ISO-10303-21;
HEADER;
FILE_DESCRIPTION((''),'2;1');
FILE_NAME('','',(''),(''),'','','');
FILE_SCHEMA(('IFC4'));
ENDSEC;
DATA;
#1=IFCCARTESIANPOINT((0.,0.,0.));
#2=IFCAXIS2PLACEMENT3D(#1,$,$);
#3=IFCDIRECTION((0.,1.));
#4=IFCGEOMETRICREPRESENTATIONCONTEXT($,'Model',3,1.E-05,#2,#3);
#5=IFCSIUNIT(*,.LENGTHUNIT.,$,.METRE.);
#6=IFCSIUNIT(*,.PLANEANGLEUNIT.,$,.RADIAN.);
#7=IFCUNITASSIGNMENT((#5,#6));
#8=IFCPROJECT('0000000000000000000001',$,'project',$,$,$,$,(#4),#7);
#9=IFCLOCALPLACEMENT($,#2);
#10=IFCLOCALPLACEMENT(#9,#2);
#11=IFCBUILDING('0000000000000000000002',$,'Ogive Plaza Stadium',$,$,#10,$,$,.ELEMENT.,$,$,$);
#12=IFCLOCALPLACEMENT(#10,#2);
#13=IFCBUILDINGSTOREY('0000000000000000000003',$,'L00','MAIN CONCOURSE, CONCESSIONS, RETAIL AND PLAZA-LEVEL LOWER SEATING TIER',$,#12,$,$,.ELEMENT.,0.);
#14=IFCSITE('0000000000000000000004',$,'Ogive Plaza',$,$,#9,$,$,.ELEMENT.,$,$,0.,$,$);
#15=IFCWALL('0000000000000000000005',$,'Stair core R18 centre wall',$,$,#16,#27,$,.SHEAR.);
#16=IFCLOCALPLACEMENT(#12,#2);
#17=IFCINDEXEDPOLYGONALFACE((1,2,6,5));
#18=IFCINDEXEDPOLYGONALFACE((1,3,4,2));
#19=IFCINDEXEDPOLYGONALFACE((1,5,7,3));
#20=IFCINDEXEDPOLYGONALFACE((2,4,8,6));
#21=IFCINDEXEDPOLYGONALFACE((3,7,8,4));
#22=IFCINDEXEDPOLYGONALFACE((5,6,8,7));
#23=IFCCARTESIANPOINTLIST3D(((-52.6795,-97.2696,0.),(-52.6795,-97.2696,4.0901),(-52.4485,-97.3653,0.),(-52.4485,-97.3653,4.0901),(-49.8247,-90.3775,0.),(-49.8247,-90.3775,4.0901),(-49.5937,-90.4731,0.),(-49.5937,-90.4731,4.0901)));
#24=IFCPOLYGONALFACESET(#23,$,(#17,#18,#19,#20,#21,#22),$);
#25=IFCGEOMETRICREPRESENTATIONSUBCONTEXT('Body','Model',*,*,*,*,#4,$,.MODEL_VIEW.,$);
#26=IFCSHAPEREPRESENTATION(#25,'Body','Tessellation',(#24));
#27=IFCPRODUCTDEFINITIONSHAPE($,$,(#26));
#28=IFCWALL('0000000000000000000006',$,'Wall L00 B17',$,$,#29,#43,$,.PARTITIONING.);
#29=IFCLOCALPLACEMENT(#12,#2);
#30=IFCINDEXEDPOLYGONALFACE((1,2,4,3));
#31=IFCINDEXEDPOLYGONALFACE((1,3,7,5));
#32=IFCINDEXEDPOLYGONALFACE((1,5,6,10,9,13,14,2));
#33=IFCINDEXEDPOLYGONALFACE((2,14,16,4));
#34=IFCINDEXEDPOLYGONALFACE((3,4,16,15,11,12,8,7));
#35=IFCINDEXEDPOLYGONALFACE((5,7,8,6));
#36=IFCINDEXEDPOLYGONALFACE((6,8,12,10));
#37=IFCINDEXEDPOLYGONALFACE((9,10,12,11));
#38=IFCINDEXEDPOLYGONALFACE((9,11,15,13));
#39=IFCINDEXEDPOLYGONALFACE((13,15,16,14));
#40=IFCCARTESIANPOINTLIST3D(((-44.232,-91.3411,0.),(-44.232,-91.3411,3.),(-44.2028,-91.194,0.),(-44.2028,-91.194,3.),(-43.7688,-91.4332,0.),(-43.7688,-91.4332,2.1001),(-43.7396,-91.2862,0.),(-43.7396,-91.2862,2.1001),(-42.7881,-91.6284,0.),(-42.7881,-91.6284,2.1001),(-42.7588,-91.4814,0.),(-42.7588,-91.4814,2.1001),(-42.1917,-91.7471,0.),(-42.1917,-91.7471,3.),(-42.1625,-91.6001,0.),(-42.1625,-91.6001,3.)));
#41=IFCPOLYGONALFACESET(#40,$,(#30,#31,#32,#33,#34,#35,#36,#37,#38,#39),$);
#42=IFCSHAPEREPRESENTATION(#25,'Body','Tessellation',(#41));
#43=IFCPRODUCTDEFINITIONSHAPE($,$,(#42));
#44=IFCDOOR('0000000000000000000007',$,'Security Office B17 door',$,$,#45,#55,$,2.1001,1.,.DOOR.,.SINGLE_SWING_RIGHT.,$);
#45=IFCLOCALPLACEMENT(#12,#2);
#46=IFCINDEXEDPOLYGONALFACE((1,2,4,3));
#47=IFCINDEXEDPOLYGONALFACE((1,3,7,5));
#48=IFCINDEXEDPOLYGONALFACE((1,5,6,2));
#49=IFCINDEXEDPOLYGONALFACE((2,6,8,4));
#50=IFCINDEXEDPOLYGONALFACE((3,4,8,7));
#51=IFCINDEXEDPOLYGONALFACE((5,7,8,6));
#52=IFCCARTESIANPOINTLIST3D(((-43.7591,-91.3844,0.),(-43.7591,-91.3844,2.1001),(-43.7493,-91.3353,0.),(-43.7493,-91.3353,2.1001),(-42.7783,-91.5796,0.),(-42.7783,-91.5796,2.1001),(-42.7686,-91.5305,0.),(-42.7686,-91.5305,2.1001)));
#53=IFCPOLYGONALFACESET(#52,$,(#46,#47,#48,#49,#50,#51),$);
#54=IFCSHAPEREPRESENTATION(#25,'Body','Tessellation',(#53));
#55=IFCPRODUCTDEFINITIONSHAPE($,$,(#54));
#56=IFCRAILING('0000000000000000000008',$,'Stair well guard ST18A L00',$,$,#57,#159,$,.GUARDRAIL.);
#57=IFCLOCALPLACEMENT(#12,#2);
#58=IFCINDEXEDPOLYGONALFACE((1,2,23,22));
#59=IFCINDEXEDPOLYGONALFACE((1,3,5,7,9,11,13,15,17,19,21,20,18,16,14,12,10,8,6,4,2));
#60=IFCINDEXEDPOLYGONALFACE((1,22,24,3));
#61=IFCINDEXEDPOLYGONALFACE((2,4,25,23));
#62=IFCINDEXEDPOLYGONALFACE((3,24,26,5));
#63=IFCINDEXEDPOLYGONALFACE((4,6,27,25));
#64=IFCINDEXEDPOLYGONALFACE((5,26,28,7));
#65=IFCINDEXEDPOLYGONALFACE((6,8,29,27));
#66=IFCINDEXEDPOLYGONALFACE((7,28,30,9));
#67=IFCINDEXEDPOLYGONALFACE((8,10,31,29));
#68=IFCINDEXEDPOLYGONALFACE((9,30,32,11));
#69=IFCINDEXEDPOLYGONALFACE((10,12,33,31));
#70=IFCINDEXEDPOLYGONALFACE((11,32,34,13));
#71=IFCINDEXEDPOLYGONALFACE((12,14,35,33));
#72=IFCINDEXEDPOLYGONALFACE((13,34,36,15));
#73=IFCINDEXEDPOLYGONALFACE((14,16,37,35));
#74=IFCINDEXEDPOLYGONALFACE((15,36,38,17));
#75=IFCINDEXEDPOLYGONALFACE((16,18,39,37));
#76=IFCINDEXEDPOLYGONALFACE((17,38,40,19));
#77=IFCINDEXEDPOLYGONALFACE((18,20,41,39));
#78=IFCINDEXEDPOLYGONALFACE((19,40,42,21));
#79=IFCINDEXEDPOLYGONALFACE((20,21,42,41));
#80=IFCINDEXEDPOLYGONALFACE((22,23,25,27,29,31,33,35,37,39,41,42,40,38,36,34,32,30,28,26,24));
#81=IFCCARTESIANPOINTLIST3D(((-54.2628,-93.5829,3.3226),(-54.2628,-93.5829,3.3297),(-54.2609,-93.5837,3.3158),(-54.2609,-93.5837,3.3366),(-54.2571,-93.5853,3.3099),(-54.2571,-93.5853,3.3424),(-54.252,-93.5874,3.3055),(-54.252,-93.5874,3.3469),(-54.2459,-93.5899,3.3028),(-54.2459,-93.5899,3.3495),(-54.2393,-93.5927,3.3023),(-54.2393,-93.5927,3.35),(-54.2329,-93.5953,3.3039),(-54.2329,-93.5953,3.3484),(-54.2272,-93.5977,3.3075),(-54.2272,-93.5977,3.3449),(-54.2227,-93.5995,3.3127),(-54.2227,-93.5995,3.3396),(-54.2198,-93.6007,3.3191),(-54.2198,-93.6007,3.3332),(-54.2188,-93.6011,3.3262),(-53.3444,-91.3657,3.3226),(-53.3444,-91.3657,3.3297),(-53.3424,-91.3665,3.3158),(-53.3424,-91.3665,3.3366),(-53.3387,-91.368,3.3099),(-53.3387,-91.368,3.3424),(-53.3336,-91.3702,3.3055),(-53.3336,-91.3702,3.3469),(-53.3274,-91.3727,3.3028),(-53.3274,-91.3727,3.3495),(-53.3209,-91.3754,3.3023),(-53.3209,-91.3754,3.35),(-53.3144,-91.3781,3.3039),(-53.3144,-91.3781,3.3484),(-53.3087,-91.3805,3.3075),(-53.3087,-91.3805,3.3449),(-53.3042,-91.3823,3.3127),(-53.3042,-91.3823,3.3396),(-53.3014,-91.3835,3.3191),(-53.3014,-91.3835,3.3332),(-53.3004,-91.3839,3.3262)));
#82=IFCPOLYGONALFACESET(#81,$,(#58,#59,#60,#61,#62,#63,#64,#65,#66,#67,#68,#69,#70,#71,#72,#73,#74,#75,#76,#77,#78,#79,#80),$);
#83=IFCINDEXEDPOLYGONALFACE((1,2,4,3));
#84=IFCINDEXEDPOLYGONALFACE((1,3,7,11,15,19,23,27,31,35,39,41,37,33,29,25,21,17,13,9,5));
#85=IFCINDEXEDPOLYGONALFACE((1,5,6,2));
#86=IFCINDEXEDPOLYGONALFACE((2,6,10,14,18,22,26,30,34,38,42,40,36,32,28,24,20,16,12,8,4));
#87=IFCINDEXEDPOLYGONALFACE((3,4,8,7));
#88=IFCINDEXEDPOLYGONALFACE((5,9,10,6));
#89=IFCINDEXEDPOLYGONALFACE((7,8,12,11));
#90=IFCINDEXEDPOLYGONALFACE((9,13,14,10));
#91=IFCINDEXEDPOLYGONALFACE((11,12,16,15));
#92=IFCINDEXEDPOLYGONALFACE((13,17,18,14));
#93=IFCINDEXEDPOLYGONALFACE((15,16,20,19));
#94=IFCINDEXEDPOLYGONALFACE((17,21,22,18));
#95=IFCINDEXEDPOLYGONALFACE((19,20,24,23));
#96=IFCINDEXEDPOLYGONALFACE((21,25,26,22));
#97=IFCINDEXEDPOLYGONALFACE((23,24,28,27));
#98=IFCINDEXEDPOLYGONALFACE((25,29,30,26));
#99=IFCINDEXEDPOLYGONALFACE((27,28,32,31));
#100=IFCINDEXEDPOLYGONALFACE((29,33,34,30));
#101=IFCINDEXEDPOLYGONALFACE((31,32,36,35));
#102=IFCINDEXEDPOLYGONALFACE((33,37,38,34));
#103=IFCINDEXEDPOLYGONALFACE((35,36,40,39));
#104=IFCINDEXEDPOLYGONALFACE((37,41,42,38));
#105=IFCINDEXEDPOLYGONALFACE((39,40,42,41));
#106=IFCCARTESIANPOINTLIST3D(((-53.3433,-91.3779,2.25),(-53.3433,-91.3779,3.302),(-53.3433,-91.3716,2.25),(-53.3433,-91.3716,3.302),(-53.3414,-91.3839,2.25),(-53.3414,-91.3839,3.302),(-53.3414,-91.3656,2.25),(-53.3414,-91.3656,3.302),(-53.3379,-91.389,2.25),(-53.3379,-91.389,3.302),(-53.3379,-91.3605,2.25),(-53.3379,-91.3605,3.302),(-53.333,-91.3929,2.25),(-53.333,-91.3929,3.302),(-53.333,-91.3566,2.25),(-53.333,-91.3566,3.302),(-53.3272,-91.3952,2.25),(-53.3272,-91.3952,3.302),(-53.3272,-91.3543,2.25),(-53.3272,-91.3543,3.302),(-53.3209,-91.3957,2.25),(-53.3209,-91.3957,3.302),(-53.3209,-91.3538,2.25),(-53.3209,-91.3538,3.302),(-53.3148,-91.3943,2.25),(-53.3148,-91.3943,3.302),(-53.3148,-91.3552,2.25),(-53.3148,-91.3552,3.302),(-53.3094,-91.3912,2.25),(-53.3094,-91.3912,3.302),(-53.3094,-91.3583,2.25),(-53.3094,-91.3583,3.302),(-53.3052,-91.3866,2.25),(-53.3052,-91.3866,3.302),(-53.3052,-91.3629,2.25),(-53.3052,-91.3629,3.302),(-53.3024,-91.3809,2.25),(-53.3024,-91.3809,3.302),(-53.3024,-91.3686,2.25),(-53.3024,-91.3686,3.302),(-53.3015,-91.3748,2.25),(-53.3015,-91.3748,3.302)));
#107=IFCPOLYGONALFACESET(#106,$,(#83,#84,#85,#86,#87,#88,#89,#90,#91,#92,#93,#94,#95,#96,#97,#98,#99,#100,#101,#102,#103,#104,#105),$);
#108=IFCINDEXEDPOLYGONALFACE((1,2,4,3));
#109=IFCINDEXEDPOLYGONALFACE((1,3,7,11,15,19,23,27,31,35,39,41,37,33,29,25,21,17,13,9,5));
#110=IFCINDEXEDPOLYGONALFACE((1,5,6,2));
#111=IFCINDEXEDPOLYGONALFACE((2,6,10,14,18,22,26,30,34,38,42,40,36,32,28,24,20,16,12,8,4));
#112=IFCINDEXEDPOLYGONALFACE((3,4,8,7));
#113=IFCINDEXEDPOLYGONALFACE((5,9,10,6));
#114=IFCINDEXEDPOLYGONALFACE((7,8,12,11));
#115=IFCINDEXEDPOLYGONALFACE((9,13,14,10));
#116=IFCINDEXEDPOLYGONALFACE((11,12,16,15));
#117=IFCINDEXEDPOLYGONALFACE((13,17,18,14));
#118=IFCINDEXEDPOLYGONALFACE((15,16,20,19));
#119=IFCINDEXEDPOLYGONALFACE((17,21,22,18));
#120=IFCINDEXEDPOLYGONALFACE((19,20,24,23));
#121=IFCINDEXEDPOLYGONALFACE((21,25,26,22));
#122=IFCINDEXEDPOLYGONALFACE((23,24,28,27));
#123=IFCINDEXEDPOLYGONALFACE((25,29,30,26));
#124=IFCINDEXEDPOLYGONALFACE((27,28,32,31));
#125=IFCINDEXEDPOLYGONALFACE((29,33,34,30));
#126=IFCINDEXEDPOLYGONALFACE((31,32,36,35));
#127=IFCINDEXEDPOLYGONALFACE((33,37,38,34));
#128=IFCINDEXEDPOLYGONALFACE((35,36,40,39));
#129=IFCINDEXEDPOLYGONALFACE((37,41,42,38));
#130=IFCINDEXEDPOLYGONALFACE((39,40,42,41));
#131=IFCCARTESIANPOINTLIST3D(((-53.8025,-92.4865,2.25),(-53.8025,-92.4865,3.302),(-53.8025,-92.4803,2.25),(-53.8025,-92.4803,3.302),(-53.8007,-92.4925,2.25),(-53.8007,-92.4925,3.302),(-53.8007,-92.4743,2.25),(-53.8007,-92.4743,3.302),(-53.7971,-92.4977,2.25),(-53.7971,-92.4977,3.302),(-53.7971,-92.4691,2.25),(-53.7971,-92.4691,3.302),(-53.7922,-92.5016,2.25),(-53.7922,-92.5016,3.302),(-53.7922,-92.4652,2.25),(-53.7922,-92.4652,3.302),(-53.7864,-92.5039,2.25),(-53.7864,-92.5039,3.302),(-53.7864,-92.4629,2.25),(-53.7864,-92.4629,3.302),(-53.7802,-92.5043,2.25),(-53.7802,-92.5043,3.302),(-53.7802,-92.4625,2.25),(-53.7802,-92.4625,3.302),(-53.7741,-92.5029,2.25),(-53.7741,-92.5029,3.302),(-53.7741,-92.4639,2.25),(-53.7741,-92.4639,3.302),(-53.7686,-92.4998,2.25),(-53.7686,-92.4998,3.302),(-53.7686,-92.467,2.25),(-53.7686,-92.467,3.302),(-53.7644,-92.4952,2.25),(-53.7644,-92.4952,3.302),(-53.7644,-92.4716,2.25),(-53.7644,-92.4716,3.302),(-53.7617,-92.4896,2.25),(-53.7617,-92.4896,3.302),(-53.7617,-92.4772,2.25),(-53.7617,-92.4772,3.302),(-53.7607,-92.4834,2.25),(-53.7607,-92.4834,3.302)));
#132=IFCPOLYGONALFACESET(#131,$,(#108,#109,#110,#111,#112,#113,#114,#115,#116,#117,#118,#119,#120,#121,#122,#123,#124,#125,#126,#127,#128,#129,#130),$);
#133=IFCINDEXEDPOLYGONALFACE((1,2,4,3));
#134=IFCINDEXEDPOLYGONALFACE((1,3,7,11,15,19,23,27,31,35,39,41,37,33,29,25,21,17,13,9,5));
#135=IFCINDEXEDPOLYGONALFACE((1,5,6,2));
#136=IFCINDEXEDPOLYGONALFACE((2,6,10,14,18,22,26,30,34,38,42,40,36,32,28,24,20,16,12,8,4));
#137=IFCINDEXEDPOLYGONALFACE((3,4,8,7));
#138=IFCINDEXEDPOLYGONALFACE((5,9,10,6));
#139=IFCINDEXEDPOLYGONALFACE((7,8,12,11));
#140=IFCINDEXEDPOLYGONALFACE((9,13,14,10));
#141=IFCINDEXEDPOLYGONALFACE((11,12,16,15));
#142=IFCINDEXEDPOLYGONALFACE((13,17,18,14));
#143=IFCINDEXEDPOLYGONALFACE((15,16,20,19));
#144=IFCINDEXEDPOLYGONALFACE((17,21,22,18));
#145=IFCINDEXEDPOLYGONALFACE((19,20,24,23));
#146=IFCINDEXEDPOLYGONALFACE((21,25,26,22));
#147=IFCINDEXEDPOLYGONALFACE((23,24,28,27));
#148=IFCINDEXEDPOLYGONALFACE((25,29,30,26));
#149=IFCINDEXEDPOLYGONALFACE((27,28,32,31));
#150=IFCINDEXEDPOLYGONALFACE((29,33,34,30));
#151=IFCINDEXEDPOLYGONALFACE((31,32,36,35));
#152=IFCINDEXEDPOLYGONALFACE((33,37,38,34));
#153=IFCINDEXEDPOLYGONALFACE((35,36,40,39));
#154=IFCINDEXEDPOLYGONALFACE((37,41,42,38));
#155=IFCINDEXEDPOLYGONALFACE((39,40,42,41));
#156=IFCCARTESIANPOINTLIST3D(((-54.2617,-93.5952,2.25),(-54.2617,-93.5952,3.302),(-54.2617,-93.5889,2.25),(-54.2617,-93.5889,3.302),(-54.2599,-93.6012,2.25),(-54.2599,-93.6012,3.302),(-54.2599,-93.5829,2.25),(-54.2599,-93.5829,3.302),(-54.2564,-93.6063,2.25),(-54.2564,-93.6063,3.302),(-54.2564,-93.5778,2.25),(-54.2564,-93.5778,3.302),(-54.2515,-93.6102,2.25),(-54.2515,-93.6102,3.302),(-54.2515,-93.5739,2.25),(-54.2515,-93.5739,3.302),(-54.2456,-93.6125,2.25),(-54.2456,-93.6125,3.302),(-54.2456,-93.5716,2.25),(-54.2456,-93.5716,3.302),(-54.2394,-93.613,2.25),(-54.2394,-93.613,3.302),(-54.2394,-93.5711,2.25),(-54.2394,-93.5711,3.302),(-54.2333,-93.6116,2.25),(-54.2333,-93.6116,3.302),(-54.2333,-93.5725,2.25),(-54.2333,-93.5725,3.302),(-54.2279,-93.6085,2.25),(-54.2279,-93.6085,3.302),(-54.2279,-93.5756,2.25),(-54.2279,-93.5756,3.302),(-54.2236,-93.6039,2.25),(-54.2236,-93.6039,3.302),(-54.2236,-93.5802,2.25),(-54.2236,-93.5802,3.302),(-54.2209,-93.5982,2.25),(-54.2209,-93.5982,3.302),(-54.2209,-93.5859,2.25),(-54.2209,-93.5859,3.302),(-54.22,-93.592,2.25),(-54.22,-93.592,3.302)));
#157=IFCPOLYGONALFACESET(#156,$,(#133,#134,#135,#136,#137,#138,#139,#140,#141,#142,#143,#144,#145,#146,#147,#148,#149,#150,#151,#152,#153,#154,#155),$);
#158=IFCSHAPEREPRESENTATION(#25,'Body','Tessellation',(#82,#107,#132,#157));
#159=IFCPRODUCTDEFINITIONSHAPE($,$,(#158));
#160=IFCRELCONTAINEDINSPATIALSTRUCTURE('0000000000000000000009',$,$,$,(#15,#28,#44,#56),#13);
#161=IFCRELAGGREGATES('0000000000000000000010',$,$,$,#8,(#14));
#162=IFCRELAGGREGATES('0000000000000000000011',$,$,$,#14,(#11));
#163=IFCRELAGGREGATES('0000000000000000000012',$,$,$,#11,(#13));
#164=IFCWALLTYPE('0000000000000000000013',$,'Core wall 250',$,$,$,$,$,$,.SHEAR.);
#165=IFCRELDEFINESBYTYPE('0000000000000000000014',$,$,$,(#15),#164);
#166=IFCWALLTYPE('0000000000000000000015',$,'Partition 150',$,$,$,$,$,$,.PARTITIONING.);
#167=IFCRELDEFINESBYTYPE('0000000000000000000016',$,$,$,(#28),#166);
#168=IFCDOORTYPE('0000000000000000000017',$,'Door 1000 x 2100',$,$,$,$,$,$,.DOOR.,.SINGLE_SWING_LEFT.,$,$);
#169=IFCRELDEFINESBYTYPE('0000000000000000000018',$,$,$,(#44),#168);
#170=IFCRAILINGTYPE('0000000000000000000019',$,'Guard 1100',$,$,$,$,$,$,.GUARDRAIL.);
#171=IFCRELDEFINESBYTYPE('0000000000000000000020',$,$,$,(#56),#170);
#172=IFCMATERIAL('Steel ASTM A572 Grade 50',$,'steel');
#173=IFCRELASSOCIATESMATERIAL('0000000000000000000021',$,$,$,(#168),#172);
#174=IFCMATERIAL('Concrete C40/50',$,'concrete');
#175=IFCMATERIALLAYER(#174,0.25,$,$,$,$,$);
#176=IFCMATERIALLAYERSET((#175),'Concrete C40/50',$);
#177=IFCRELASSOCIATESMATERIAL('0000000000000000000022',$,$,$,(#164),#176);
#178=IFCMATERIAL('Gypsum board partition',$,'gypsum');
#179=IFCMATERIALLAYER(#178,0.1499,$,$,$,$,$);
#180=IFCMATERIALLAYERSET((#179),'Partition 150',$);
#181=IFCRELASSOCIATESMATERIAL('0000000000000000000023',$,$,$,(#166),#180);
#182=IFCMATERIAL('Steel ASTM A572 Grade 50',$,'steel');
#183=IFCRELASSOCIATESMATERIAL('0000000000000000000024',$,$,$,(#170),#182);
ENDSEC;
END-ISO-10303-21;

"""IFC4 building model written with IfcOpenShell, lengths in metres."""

from ifc_helpers import new_model, si_unit, direction, frame, frame_2d, origin, origin_2d, place, context, subcontext, project, spatial, rectangle, circle, extrude, material, layer, layer_set, type_object, element, fill, save


model = new_model("IFC4")

# Units and contexts
model_context = context("Model", 3, precision=1e-05, world=origin(), true_north=direction((0.0, 1.0)))
body_context = subcontext(model_context, "Body", "Model", "MODEL_VIEW")
ifc_project = project(units=[si_unit("LENGTHUNIT", "METRE"), si_unit("PLANEANGLEUNIT", "RADIAN")], contexts=[model_context])

# Site, building, storey
site_placement = place(None, origin())
site = spatial("IfcSite", under=ifc_project, at=site_placement, Name="Ogive Plaza", CompositionType="ELEMENT", RefElevation=0.0)
building_placement = place(site_placement, origin())
building = spatial("IfcBuilding", under=site, at=building_placement, Name="Ogive Plaza Stadium", CompositionType="ELEMENT")
storey_placement = place(building_placement, origin())
storey = spatial("IfcBuildingStorey", under=building, at=storey_placement, Name="L00", Description="MAIN CONCOURSE, CONCESSIONS, RETAIL AND PLAZA-LEVEL LOWER SEATING TIER", CompositionType="ELEMENT", Elevation=0.0)

# Shared definitions
ifc_material_1 = material(Name="Steel ASTM A572 Grade 50", Category="steel")
door_type_1 = type_object("IfcDoorType", Name="Door 1000 x 2100", OperationType="SINGLE_SWING_LEFT", PredefinedType="DOOR", material=ifc_material_1)

# Shared definitions
ifc_material_2 = material(Name="Concrete C40/50", Category="concrete")
ifc_layer_1 = layer(ifc_material_2, 0.25)
ifc_layer_set_1 = layer_set([ifc_layer_1], Name="Concrete C40/50")
wall_type_1 = type_object("IfcWallType", Name="Core wall 250", PredefinedType="SHEAR", material=ifc_layer_set_1)

# Wall
wall_1_placement = place(storey_placement, frame((-49.7092, -90.4253, 0.0), z_axis=(0.0, 0.0, 1.0), x_axis=(-0.382676, -0.923882, 0.0)))
element("IfcWall", 1, at=wall_1_placement, inside=storey, type_object=wall_type_1, Name="Stair core R18 centre wall", PredefinedType="SHEAR", context=body_context, shape_type="SweptSolid", body=[
    extrude(rectangle(XDim=7.46, YDim=0.25, at=frame_2d((3.73, 0.0))), origin(), (0.0, 0.0, 1.0), 4.0901),
])

# Wall, opening, door
ifc_material_3 = material(Name="Gypsum board partition", Category="gypsum")
ifc_layer_2 = layer(ifc_material_3, 0.1499)
ifc_layer_set_2 = layer_set([ifc_layer_2], Name="Partition 150")
wall_type_2 = type_object("IfcWallType", Name="Partition 150", PredefinedType="PARTITIONING", material=ifc_layer_set_2)
wall_2_placement = place(storey_placement, frame((-44.2173, -91.2676, 0.0), z_axis=(0.0, 0.0, 1.0), x_axis=(0.98077, -0.195168, 0.0)))
wall_2 = element("IfcWall", 2, at=wall_2_placement, inside=storey, type_object=wall_type_2, Name="Wall L00 B17", PredefinedType="PARTITIONING", context=body_context, shape_type="SweptSolid", body=[
    extrude(rectangle(XDim=2.0803, YDim=0.1499, at=frame_2d((1.04, 0.0))), origin(), (0.0, 0.0, 1.0), 3.0),
])
opening_1_placement = place(wall_2_placement, frame((0.4722, 0.0, 0.0)))
opening_1 = element("IfcOpeningElement", 3, at=opening_1_placement, cuts=wall_2, PredefinedType="OPENING", context=body_context, shape_type="SweptSolid", body=[
    extrude(rectangle(XDim=1.0, YDim=2.1001, at=frame_2d((0.5, 1.05))), frame((0.0, 0.075, 0.0), z_axis=(0.0, -1.0, 0.0), x_axis=(1.0, 0.0, 0.0)), (0.0, 0.0, 1.0), 0.1499),
])
door_1_placement = place(opening_1_placement, origin())
door_1 = element("IfcDoor", 4, at=door_1_placement, inside=storey, type_object=door_type_1, Name="Security Office B17 door", OperationType="SINGLE_SWING_RIGHT", OverallHeight=2.1001, OverallWidth=1.0, PredefinedType="DOOR", context=body_context, shape_type="SweptSolid", body=[
    extrude(rectangle(XDim=1.0, YDim=2.1001, at=frame_2d((0.5, 1.05))), frame((0.0, 0.0249, 0.0), z_axis=(0.0, -1.0, 0.0), x_axis=(1.0, 0.0, 0.0)), (0.0, 0.0, 1.0), 0.05),
])
fill(opening_1, door_1)

# Railing
ifc_material_4 = material(Name="Steel ASTM A572 Grade 50", Category="steel")
railing_type_1 = type_object("IfcRailingType", Name="Guard 1100", PredefinedType="GUARDRAIL", material=ifc_material_4)
railing_1_placement = place(storey_placement, frame((-53.3225, -91.3748, 2.25)))
element("IfcRailing", 5, at=railing_1_placement, inside=storey, type_object=railing_type_1, Name="Stair well guard ST18A L00", PredefinedType="GUARDRAIL", context=body_context, shape_type="SweptSolid", body=[
    extrude(circle(Radius=0.0239, at=origin_2d()), frame((0.0, 0.0, 1.0762), z_axis=(-0.382693, -0.923875, 0.0), x_axis=(0.923875, -0.382693, 0.0)), (0.0, 0.0, 1.0), 2.3999),
    extrude(circle(Radius=0.021, at=origin_2d()), origin(), (0.0, 0.0, 1.0), 1.052),
    extrude(circle(Radius=0.021, at=origin_2d()), frame((-0.4592, -1.1086, 0.0)), (0.0, 0.0, 1.0), 1.052),
    extrude(circle(Radius=0.021, at=origin_2d()), frame((-0.9185, -2.2173, 0.0)), (0.0, 0.0, 1.0), 1.052),
])

save(model, "model.ifc")
